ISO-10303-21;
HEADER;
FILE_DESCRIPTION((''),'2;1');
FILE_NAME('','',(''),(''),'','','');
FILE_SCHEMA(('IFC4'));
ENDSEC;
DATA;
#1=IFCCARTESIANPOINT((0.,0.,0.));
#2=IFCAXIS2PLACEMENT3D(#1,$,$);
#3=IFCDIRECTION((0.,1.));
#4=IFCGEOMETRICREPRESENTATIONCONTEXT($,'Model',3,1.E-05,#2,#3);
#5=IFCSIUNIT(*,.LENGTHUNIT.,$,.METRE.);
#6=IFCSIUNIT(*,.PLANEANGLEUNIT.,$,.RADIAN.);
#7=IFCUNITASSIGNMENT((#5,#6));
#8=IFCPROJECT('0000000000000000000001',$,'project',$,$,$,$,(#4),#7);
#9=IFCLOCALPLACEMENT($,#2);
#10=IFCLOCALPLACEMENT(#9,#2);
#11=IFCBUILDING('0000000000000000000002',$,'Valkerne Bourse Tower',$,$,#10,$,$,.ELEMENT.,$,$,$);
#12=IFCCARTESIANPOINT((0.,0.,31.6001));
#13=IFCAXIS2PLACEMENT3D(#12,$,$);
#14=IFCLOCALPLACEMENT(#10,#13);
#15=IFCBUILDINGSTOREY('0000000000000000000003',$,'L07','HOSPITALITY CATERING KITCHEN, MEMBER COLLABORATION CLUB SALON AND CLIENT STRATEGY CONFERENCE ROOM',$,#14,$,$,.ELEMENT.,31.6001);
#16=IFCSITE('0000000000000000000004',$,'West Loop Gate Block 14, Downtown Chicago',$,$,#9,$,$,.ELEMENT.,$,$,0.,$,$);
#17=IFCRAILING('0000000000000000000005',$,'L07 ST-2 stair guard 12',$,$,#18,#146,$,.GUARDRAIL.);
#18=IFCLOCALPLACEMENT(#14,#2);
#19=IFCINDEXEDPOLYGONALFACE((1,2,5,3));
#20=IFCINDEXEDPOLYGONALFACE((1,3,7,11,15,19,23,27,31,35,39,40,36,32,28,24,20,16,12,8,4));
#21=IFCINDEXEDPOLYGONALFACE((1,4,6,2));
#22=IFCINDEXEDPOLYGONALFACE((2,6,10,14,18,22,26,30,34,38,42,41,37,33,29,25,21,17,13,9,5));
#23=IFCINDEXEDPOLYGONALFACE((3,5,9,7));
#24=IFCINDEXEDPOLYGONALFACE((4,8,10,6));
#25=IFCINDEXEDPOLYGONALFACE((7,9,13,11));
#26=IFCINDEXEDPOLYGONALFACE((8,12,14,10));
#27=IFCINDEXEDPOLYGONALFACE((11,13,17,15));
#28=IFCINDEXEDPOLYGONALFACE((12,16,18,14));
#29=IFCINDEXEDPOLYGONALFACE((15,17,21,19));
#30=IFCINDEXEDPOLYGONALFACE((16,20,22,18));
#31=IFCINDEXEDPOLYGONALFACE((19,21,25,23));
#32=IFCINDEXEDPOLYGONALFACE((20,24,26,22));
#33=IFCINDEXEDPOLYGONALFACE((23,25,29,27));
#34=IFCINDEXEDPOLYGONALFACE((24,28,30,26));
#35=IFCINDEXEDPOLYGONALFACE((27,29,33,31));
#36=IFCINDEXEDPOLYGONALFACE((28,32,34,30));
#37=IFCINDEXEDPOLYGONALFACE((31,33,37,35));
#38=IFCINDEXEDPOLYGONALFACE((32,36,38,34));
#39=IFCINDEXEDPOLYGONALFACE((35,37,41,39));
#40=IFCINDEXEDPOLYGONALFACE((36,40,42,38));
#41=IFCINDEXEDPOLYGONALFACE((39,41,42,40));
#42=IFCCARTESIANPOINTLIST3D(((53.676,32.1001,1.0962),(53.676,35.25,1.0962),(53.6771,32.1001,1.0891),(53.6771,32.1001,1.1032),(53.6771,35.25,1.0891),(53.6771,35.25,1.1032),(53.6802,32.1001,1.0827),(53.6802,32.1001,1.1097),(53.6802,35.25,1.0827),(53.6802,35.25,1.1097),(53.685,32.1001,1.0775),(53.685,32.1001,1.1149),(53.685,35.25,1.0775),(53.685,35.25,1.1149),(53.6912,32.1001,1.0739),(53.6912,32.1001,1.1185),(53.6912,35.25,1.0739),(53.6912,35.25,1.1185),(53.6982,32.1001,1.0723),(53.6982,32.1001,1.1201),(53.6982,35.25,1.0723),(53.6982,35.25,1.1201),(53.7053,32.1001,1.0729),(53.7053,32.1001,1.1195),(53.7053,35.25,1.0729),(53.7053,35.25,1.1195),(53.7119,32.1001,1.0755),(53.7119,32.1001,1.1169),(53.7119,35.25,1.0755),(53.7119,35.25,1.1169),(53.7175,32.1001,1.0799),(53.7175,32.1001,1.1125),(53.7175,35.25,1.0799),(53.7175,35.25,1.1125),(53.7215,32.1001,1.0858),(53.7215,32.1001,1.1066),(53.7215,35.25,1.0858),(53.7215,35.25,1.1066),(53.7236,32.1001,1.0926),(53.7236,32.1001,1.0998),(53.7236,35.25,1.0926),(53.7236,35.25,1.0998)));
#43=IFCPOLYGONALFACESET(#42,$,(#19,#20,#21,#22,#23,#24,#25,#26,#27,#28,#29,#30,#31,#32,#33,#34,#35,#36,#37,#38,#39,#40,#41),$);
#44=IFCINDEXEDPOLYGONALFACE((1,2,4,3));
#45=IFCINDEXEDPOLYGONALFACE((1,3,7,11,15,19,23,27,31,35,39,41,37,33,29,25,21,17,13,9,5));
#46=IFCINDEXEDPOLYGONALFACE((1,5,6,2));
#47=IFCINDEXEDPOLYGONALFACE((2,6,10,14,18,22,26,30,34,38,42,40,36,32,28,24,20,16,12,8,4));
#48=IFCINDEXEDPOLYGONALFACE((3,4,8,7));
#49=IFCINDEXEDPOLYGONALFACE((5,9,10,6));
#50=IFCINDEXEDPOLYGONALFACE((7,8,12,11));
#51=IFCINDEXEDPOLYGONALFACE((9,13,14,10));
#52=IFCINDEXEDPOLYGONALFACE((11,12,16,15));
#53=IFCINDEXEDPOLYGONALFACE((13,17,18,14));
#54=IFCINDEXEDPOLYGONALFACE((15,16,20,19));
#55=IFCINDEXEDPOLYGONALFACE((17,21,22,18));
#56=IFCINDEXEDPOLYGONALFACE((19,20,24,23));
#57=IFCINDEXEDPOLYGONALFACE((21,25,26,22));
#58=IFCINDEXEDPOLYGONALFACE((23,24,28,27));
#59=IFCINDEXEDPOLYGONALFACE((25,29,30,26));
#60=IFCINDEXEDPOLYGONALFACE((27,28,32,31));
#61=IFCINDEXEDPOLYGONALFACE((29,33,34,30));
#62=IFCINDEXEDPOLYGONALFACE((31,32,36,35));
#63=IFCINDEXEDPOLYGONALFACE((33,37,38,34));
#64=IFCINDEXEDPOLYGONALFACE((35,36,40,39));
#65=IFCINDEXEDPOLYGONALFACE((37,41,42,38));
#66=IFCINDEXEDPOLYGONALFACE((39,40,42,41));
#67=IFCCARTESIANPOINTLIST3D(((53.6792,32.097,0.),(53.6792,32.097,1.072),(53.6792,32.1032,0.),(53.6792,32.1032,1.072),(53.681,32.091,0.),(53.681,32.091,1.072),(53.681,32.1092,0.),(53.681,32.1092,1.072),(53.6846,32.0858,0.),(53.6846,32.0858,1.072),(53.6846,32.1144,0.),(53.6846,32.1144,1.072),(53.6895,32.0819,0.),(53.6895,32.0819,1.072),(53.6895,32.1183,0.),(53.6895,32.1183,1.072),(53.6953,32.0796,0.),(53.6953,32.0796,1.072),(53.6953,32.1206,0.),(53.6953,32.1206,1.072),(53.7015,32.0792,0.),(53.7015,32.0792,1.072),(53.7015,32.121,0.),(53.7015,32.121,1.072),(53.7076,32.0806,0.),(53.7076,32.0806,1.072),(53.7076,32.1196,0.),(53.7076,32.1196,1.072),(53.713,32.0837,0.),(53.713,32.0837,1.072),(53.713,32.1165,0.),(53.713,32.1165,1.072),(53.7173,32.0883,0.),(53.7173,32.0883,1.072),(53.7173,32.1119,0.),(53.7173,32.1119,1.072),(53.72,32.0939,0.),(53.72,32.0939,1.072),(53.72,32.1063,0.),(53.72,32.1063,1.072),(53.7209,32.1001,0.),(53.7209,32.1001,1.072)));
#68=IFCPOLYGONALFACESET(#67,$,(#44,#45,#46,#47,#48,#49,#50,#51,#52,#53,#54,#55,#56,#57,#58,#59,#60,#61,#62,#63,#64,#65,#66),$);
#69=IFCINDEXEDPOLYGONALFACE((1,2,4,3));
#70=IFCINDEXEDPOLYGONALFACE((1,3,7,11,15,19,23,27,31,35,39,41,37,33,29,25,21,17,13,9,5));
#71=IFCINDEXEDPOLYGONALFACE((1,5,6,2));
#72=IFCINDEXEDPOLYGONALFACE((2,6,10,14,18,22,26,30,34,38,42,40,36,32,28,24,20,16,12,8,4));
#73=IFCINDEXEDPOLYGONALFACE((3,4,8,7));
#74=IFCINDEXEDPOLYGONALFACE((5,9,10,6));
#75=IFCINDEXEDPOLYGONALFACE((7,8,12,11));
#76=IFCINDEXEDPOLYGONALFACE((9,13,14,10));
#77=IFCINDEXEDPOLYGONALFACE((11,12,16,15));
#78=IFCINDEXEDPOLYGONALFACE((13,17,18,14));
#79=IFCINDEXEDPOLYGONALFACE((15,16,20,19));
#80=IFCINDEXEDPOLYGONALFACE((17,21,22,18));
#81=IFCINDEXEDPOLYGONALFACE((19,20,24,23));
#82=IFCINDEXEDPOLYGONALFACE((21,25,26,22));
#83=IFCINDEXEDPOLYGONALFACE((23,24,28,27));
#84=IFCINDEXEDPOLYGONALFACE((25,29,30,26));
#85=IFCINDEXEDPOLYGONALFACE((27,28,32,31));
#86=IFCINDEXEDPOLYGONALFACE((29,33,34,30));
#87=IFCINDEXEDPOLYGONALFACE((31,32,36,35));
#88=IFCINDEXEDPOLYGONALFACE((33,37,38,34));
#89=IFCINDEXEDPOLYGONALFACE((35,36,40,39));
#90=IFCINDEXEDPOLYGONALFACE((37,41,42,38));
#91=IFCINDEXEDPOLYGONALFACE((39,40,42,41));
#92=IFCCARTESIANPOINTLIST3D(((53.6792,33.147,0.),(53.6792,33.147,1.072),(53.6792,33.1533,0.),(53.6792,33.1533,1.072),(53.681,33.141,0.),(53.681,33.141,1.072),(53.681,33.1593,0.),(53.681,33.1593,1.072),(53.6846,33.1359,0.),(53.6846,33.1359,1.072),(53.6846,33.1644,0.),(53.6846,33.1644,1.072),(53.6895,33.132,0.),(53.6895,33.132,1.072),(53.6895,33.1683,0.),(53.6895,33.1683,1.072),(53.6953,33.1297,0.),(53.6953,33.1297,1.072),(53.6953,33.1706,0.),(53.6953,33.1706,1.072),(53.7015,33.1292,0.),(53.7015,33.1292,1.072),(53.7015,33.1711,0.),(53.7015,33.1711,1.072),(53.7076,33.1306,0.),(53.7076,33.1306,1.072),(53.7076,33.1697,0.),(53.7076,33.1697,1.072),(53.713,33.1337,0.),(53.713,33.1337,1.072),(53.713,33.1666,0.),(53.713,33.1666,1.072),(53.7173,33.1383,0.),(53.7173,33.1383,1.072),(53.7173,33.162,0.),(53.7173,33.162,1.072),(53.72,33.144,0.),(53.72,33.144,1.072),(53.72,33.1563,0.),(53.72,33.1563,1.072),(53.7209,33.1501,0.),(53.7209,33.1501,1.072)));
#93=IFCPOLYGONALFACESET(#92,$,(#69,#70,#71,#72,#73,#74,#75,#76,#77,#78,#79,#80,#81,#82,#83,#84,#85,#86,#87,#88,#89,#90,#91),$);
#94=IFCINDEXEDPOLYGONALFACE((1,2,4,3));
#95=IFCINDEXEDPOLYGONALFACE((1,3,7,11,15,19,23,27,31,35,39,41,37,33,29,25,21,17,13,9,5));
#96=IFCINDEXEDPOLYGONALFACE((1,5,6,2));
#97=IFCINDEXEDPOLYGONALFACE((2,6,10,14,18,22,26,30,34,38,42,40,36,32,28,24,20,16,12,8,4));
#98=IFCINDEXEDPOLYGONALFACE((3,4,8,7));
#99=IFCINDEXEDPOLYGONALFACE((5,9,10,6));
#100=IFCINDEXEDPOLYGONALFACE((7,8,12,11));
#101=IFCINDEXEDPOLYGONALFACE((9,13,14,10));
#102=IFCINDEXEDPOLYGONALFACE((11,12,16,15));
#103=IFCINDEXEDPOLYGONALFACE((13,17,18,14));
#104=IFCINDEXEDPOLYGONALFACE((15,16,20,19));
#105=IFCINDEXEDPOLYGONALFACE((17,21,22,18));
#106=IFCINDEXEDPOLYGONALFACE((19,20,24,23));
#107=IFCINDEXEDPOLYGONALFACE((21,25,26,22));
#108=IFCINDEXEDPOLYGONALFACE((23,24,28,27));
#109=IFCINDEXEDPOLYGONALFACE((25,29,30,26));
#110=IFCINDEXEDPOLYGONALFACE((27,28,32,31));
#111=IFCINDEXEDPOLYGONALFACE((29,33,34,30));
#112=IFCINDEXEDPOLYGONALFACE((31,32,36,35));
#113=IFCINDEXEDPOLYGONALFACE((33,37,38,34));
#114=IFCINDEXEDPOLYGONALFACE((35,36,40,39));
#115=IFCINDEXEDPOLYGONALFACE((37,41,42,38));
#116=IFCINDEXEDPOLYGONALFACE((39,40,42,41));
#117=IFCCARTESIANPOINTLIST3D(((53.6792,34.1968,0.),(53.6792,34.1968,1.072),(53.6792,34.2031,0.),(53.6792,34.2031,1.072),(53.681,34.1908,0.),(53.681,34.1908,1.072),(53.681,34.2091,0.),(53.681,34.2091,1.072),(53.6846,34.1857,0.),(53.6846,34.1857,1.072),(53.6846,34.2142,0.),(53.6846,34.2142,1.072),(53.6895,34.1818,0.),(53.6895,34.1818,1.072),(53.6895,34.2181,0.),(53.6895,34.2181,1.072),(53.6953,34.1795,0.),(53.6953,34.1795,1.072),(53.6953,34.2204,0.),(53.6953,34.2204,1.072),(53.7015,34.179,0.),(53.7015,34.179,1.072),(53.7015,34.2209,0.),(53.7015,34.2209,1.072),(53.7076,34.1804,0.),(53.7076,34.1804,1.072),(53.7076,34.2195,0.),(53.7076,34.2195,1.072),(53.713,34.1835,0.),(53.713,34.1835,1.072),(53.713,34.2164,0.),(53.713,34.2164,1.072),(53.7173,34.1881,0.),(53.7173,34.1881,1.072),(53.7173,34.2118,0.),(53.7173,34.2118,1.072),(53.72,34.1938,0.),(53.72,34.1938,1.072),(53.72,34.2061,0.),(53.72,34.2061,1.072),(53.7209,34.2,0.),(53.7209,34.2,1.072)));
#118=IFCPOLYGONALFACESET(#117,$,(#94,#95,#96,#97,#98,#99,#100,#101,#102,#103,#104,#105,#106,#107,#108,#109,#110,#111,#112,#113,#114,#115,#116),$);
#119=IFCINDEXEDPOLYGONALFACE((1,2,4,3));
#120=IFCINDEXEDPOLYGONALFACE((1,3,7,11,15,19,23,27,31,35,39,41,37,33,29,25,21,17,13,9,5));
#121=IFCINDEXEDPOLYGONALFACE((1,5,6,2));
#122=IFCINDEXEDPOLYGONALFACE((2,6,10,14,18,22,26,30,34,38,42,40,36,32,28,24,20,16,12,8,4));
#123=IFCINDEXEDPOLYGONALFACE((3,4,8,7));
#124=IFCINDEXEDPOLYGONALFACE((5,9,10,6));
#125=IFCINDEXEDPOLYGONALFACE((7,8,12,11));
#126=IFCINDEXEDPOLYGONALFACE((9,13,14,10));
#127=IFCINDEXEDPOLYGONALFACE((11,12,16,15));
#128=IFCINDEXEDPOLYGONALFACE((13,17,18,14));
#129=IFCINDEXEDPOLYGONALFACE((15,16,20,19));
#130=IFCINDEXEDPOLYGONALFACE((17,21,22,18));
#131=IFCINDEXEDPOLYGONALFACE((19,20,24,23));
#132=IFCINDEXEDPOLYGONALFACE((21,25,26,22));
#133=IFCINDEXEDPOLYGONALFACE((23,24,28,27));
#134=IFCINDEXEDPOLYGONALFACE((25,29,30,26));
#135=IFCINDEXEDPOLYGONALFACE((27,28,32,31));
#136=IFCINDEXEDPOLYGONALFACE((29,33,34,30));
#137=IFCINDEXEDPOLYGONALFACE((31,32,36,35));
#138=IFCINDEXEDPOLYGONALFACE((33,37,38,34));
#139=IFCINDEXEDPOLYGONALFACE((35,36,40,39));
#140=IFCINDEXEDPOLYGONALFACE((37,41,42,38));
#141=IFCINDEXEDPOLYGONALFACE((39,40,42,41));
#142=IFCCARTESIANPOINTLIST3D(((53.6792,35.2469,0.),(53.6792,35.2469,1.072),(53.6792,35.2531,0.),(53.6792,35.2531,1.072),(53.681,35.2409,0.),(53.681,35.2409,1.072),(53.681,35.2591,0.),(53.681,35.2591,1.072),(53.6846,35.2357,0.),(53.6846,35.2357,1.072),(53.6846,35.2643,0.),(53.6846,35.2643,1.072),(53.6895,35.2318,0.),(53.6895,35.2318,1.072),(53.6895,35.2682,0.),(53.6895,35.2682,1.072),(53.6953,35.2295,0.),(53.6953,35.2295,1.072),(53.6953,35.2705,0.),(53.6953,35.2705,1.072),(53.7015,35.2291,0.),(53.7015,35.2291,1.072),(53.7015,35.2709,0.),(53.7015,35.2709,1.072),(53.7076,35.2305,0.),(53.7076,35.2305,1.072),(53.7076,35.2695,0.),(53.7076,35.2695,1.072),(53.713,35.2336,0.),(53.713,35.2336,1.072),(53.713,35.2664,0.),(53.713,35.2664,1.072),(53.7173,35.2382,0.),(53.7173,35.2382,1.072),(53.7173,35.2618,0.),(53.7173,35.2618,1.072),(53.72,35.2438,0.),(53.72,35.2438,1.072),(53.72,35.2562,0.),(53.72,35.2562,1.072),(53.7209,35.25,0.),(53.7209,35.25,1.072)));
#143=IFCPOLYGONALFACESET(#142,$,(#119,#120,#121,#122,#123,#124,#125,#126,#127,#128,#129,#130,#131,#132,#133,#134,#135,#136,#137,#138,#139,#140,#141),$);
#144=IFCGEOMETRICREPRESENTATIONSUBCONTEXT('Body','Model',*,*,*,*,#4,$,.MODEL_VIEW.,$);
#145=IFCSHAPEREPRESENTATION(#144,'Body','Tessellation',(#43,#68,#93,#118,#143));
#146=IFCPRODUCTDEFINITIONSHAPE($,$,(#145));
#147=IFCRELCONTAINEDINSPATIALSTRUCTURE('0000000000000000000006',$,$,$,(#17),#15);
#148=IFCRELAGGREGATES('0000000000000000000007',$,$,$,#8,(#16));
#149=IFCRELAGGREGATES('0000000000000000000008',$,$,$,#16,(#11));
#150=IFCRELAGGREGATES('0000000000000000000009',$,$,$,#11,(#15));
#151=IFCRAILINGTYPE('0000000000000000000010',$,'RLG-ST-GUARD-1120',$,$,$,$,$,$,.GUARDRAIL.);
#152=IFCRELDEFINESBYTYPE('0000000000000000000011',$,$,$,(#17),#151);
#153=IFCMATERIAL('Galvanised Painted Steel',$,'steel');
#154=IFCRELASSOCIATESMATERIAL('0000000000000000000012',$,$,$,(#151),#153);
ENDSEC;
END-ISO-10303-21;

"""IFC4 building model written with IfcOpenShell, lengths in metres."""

from ifc_helpers import new_model, si_unit, direction, frame, origin, origin_2d, place, context, subcontext, project, spatial, circle, extrude, material, type_object, element, save


model = new_model("IFC4")

# Units and contexts
model_context = context("Model", 3, precision=1e-05, world=origin(), true_north=direction((0.0, 1.0)))
body_context = subcontext(model_context, "Body", "Model", "MODEL_VIEW")
ifc_project = project(units=[si_unit("LENGTHUNIT", "METRE"), si_unit("PLANEANGLEUNIT", "RADIAN")], contexts=[model_context])

# Site, building, storey
site_placement = place(None, origin())
site = spatial("IfcSite", under=ifc_project, at=site_placement, Name="West Loop Gate Block 14, Downtown Chicago", CompositionType="ELEMENT", RefElevation=0.0)
building_placement = place(site_placement, origin())
building = spatial("IfcBuilding", under=site, at=building_placement, Name="Valkerne Bourse Tower", CompositionType="ELEMENT")
storey_placement = place(building_placement, frame((0.0, 0.0, 31.6001)))
storey = spatial("IfcBuildingStorey", under=building, at=storey_placement, Name="L07", Description="HOSPITALITY CATERING KITCHEN, MEMBER COLLABORATION CLUB SALON AND CLIENT STRATEGY CONFERENCE ROOM", CompositionType="ELEMENT", Elevation=31.6001)

# Railing
ifc_material_1 = material(Name="Galvanised Painted Steel", Category="steel")
railing_type_1 = type_object("IfcRailingType", Name="RLG-ST-GUARD-1120", PredefinedType="GUARDRAIL", material=ifc_material_1)
railing_1_placement = place(storey_placement, frame((53.7, 32.1001, 0.0)))
element("IfcRailing", 1, at=railing_1_placement, inside=storey, type_object=railing_type_1, Name="L07 ST-2 stair guard 12", PredefinedType="GUARDRAIL", context=body_context, shape_type="SweptSolid", body=[
    extrude(circle(Radius=0.0239, at=origin_2d()), frame((0.0, 0.0, 1.0962), z_axis=(0.0, 1.0, 0.0), x_axis=(-1.0, 0.0, 0.0)), (0.0, 0.0, 1.0), 3.1499),
    extrude(circle(Radius=0.021, at=origin_2d()), origin(), (0.0, 0.0, 1.0), 1.072),
    extrude(circle(Radius=0.021, at=origin_2d()), frame((0.0, 1.05, 0.0)), (0.0, 0.0, 1.0), 1.072),
    extrude(circle(Radius=0.021, at=origin_2d()), frame((0.0, 2.0999, 0.0)), (0.0, 0.0, 1.0), 1.072),
    extrude(circle(Radius=0.021, at=origin_2d()), frame((0.0, 3.1499, 0.0)), (0.0, 0.0, 1.0), 1.072),
])

save(model, "model.ifc")
